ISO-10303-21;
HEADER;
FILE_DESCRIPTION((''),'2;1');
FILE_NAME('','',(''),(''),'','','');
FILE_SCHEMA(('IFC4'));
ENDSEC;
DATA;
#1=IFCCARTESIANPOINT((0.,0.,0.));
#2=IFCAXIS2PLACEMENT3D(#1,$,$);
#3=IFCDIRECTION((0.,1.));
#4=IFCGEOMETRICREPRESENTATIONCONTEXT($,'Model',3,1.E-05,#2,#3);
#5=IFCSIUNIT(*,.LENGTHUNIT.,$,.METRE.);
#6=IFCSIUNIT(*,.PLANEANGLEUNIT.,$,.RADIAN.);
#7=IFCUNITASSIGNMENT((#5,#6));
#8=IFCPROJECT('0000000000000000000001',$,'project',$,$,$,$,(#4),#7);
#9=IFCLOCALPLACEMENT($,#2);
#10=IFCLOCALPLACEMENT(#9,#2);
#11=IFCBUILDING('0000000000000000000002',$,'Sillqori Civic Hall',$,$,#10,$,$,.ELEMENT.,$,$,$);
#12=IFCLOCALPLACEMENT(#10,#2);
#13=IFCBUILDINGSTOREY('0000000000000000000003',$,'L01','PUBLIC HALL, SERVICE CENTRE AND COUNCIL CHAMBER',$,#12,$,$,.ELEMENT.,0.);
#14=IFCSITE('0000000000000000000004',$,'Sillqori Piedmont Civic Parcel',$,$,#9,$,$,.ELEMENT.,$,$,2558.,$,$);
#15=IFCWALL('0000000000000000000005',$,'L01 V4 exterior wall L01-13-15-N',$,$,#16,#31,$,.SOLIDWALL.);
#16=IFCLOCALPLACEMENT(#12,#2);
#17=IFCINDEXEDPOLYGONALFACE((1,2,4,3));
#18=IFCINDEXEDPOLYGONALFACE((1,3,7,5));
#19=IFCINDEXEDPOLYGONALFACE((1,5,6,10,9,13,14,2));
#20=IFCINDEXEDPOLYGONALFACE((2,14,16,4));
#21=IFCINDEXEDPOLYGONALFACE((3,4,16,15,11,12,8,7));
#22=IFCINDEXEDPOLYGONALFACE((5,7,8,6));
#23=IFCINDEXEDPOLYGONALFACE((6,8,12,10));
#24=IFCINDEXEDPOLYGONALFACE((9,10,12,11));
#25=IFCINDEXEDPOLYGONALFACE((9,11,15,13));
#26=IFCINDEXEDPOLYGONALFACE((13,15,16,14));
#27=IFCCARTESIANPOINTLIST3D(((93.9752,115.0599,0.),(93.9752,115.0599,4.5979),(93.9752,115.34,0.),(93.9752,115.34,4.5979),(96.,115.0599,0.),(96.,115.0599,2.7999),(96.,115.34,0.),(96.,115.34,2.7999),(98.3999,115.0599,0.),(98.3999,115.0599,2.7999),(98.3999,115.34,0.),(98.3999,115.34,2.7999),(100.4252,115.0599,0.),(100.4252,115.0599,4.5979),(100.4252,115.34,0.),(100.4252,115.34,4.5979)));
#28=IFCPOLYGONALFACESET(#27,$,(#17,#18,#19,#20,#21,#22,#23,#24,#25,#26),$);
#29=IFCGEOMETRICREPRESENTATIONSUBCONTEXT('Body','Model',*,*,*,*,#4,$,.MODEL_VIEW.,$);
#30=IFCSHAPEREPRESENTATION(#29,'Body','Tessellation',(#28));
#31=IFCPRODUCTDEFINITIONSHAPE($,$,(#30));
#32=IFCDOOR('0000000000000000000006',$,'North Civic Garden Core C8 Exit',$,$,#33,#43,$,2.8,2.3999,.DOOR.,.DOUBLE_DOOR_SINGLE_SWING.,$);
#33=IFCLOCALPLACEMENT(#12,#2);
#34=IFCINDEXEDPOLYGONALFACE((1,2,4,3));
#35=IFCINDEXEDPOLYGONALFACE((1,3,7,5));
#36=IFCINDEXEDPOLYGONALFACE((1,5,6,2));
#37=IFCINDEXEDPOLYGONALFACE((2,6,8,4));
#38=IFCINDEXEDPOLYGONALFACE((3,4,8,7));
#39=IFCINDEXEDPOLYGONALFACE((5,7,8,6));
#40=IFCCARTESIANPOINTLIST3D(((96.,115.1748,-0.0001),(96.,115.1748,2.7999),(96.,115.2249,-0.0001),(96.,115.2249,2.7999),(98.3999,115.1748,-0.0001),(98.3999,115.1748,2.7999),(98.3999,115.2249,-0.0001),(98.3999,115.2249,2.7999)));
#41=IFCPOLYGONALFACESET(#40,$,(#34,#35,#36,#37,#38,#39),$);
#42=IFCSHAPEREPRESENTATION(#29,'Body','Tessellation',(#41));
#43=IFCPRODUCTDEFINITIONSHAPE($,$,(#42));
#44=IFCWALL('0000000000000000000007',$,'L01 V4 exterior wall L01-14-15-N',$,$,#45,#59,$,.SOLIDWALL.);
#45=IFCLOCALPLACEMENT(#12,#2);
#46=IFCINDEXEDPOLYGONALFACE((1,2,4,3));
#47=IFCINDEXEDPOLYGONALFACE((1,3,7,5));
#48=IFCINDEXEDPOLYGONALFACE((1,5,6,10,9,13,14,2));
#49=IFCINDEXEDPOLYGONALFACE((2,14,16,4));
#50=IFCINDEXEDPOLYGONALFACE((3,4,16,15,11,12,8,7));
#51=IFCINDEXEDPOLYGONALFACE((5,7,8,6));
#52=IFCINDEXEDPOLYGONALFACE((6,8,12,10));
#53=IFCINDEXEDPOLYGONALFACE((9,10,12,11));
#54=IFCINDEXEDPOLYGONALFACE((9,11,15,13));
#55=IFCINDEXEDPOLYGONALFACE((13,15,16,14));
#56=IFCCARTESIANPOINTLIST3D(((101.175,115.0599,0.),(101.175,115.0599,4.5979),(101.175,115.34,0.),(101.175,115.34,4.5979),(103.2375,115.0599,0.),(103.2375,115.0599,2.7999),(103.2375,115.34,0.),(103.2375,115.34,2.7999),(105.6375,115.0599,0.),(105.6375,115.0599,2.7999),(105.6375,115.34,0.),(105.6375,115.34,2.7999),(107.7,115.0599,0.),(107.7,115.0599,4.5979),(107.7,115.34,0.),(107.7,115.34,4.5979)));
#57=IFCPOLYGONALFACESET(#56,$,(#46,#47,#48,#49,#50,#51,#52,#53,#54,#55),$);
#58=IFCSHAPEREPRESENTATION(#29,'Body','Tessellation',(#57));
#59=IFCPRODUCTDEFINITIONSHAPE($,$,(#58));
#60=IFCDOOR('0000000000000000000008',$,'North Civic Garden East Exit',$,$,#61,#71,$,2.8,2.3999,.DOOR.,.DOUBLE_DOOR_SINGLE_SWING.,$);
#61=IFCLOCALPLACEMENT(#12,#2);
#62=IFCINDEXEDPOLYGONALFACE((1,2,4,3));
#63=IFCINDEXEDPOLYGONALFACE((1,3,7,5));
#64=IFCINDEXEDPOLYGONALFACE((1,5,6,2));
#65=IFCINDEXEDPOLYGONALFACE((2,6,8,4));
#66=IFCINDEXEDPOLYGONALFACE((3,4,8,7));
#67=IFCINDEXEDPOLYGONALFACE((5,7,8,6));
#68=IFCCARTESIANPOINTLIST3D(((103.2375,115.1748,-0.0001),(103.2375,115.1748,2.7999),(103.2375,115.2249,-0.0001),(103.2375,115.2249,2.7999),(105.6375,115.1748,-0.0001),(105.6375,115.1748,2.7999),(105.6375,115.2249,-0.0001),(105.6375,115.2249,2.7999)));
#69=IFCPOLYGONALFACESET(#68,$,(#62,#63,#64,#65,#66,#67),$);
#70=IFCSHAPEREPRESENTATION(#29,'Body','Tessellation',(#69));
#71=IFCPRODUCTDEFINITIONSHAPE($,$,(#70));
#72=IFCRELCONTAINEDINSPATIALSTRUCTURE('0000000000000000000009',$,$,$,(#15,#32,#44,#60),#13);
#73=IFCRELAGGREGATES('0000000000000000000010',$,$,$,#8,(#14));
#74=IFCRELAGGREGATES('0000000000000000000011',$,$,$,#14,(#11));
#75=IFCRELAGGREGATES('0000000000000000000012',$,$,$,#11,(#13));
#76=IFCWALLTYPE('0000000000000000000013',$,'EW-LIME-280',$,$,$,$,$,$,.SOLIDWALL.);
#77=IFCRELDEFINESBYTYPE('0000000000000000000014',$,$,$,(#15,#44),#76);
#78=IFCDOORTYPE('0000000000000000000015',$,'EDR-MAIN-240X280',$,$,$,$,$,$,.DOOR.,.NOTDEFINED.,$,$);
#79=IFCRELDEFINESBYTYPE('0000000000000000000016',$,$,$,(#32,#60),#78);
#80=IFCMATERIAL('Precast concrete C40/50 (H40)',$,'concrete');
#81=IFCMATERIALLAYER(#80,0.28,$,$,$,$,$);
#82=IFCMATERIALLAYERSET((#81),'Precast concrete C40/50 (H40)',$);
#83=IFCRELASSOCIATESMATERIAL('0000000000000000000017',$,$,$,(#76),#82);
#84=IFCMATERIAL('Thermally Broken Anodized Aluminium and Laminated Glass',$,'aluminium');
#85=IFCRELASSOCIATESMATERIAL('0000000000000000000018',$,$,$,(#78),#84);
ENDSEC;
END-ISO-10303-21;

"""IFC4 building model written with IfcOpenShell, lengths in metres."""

from ifc_helpers import new_model, si_unit, direction, frame, frame_2d, origin, place, context, subcontext, project, spatial, rectangle, extrude, material, layer, layer_set, type_object, element, fill, save


model = new_model("IFC4")

# Units and contexts
model_context = context("Model", 3, precision=1e-05, world=origin(), true_north=direction((0.0, 1.0)))
body_context = subcontext(model_context, "Body", "Model", "MODEL_VIEW")
ifc_project = project(units=[si_unit("LENGTHUNIT", "METRE"), si_unit("PLANEANGLEUNIT", "RADIAN")], contexts=[model_context])

# Site, building, storey
site_placement = place(None, origin())
site = spatial("IfcSite", under=ifc_project, at=site_placement, Name="Sillqori Piedmont Civic Parcel", CompositionType="ELEMENT", RefElevation=2558.0)
building_placement = place(site_placement, origin())
building = spatial("IfcBuilding", under=site, at=building_placement, Name="Sillqori Civic Hall", CompositionType="ELEMENT")
storey_placement = place(building_placement, origin())
storey = spatial("IfcBuildingStorey", under=building, at=storey_placement, Name="L01", Description="PUBLIC HALL, SERVICE CENTRE AND COUNCIL CHAMBER", CompositionType="ELEMENT", Elevation=0.0)

# Walls, openings, doors
ifc_material_1 = material(Name="Precast concrete C40/50 (H40)", Category="concrete")
ifc_layer = layer(ifc_material_1, 0.28)
ifc_layer_set = layer_set([ifc_layer], Name="Precast concrete C40/50 (H40)")
wall_type = type_object("IfcWallType", Name="EW-LIME-280", PredefinedType="SOLIDWALL", material=ifc_layer_set)
wall_1_placement = place(storey_placement, frame((93.9751, 115.2, 0.0), z_axis=(0.0, 0.0, 1.0), x_axis=(1.0, 0.0, 0.0)))
wall_1 = element("IfcWall", 1, at=wall_1_placement, inside=storey, type_object=wall_type, Name="L01 V4 exterior wall L01-13-15-N", PredefinedType="SOLIDWALL", context=body_context, shape_type="SweptSolid", body=[
    extrude(rectangle(XDim=6.45, YDim=0.28, at=frame_2d((3.2251, 0.0))), origin(), (0.0, 0.0, 1.0), 4.5979),
])
opening_1_placement = place(wall_1_placement, frame((2.0249, 0.0, 0.0)))
opening_1 = element("IfcOpeningElement", 2, at=opening_1_placement, cuts=wall_1, PredefinedType="OPENING", context=body_context, shape_type="SweptSolid", body=[
    extrude(rectangle(XDim=2.3999, YDim=2.8, at=frame_2d((1.2, 1.3999))), frame((0.0, 0.1499, 0.0), z_axis=(0.0, -1.0, 0.0), x_axis=(1.0, 0.0, 0.0)), (0.0, 0.0, 1.0), 0.3),
])
ifc_material_2 = material(Name="Thermally Broken Anodized Aluminium and Laminated Glass", Category="aluminium")
door_type = type_object("IfcDoorType", Name="EDR-MAIN-240X280", OperationType="NOTDEFINED", PredefinedType="DOOR", material=ifc_material_2)
door_1_placement = place(opening_1_placement, origin())
door_1 = element("IfcDoor", 3, at=door_1_placement, inside=storey, type_object=door_type, Name="North Civic Garden Core C8 Exit", OperationType="DOUBLE_DOOR_SINGLE_SWING", OverallHeight=2.8, OverallWidth=2.3999, PredefinedType="DOOR", context=body_context, shape_type="SweptSolid", body=[
    extrude(rectangle(XDim=2.3999, YDim=2.8, at=frame_2d((1.2, 1.3999))), frame((0.0, 0.0249, 0.0), z_axis=(0.0, -1.0, 0.0), x_axis=(1.0, 0.0, 0.0)), (0.0, 0.0, 1.0), 0.05),
])
fill(opening_1, door_1)
wall_2_placement = place(storey_placement, frame((101.175, 115.2, 0.0), z_axis=(0.0, 0.0, 1.0), x_axis=(1.0, 0.0, 0.0)))
wall_2 = element("IfcWall", 4, at=wall_2_placement, inside=storey, type_object=wall_type, Name="L01 V4 exterior wall L01-14-15-N", PredefinedType="SOLIDWALL", context=body_context, shape_type="SweptSolid", body=[
    extrude(rectangle(XDim=6.5249, YDim=0.28, at=frame_2d((3.2625, 0.0))), origin(), (0.0, 0.0, 1.0), 4.5979),
])
opening_2_placement = place(wall_2_placement, frame((2.0625, 0.0, 0.0)))
opening_2 = element("IfcOpeningElement", 5, at=opening_2_placement, cuts=wall_2, PredefinedType="OPENING", context=body_context, shape_type="SweptSolid", body=[
    extrude(rectangle(XDim=2.3999, YDim=2.8, at=frame_2d((1.2, 1.3999))), frame((0.0, 0.1499, 0.0), z_axis=(0.0, -1.0, 0.0), x_axis=(1.0, 0.0, 0.0)), (0.0, 0.0, 1.0), 0.3),
])
door_2_placement = place(opening_2_placement, origin())
door_2 = element("IfcDoor", 6, at=door_2_placement, inside=storey, type_object=door_type, Name="North Civic Garden East Exit", OperationType="DOUBLE_DOOR_SINGLE_SWING", OverallHeight=2.8, OverallWidth=2.3999, PredefinedType="DOOR", context=body_context, shape_type="SweptSolid", body=[
    extrude(rectangle(XDim=2.3999, YDim=2.8, at=frame_2d((1.2, 1.3999))), frame((0.0, 0.0249, 0.0), z_axis=(0.0, -1.0, 0.0), x_axis=(1.0, 0.0, 0.0)), (0.0, 0.0, 1.0), 0.05),
])
fill(opening_2, door_2)

save(model, "model.ifc")
